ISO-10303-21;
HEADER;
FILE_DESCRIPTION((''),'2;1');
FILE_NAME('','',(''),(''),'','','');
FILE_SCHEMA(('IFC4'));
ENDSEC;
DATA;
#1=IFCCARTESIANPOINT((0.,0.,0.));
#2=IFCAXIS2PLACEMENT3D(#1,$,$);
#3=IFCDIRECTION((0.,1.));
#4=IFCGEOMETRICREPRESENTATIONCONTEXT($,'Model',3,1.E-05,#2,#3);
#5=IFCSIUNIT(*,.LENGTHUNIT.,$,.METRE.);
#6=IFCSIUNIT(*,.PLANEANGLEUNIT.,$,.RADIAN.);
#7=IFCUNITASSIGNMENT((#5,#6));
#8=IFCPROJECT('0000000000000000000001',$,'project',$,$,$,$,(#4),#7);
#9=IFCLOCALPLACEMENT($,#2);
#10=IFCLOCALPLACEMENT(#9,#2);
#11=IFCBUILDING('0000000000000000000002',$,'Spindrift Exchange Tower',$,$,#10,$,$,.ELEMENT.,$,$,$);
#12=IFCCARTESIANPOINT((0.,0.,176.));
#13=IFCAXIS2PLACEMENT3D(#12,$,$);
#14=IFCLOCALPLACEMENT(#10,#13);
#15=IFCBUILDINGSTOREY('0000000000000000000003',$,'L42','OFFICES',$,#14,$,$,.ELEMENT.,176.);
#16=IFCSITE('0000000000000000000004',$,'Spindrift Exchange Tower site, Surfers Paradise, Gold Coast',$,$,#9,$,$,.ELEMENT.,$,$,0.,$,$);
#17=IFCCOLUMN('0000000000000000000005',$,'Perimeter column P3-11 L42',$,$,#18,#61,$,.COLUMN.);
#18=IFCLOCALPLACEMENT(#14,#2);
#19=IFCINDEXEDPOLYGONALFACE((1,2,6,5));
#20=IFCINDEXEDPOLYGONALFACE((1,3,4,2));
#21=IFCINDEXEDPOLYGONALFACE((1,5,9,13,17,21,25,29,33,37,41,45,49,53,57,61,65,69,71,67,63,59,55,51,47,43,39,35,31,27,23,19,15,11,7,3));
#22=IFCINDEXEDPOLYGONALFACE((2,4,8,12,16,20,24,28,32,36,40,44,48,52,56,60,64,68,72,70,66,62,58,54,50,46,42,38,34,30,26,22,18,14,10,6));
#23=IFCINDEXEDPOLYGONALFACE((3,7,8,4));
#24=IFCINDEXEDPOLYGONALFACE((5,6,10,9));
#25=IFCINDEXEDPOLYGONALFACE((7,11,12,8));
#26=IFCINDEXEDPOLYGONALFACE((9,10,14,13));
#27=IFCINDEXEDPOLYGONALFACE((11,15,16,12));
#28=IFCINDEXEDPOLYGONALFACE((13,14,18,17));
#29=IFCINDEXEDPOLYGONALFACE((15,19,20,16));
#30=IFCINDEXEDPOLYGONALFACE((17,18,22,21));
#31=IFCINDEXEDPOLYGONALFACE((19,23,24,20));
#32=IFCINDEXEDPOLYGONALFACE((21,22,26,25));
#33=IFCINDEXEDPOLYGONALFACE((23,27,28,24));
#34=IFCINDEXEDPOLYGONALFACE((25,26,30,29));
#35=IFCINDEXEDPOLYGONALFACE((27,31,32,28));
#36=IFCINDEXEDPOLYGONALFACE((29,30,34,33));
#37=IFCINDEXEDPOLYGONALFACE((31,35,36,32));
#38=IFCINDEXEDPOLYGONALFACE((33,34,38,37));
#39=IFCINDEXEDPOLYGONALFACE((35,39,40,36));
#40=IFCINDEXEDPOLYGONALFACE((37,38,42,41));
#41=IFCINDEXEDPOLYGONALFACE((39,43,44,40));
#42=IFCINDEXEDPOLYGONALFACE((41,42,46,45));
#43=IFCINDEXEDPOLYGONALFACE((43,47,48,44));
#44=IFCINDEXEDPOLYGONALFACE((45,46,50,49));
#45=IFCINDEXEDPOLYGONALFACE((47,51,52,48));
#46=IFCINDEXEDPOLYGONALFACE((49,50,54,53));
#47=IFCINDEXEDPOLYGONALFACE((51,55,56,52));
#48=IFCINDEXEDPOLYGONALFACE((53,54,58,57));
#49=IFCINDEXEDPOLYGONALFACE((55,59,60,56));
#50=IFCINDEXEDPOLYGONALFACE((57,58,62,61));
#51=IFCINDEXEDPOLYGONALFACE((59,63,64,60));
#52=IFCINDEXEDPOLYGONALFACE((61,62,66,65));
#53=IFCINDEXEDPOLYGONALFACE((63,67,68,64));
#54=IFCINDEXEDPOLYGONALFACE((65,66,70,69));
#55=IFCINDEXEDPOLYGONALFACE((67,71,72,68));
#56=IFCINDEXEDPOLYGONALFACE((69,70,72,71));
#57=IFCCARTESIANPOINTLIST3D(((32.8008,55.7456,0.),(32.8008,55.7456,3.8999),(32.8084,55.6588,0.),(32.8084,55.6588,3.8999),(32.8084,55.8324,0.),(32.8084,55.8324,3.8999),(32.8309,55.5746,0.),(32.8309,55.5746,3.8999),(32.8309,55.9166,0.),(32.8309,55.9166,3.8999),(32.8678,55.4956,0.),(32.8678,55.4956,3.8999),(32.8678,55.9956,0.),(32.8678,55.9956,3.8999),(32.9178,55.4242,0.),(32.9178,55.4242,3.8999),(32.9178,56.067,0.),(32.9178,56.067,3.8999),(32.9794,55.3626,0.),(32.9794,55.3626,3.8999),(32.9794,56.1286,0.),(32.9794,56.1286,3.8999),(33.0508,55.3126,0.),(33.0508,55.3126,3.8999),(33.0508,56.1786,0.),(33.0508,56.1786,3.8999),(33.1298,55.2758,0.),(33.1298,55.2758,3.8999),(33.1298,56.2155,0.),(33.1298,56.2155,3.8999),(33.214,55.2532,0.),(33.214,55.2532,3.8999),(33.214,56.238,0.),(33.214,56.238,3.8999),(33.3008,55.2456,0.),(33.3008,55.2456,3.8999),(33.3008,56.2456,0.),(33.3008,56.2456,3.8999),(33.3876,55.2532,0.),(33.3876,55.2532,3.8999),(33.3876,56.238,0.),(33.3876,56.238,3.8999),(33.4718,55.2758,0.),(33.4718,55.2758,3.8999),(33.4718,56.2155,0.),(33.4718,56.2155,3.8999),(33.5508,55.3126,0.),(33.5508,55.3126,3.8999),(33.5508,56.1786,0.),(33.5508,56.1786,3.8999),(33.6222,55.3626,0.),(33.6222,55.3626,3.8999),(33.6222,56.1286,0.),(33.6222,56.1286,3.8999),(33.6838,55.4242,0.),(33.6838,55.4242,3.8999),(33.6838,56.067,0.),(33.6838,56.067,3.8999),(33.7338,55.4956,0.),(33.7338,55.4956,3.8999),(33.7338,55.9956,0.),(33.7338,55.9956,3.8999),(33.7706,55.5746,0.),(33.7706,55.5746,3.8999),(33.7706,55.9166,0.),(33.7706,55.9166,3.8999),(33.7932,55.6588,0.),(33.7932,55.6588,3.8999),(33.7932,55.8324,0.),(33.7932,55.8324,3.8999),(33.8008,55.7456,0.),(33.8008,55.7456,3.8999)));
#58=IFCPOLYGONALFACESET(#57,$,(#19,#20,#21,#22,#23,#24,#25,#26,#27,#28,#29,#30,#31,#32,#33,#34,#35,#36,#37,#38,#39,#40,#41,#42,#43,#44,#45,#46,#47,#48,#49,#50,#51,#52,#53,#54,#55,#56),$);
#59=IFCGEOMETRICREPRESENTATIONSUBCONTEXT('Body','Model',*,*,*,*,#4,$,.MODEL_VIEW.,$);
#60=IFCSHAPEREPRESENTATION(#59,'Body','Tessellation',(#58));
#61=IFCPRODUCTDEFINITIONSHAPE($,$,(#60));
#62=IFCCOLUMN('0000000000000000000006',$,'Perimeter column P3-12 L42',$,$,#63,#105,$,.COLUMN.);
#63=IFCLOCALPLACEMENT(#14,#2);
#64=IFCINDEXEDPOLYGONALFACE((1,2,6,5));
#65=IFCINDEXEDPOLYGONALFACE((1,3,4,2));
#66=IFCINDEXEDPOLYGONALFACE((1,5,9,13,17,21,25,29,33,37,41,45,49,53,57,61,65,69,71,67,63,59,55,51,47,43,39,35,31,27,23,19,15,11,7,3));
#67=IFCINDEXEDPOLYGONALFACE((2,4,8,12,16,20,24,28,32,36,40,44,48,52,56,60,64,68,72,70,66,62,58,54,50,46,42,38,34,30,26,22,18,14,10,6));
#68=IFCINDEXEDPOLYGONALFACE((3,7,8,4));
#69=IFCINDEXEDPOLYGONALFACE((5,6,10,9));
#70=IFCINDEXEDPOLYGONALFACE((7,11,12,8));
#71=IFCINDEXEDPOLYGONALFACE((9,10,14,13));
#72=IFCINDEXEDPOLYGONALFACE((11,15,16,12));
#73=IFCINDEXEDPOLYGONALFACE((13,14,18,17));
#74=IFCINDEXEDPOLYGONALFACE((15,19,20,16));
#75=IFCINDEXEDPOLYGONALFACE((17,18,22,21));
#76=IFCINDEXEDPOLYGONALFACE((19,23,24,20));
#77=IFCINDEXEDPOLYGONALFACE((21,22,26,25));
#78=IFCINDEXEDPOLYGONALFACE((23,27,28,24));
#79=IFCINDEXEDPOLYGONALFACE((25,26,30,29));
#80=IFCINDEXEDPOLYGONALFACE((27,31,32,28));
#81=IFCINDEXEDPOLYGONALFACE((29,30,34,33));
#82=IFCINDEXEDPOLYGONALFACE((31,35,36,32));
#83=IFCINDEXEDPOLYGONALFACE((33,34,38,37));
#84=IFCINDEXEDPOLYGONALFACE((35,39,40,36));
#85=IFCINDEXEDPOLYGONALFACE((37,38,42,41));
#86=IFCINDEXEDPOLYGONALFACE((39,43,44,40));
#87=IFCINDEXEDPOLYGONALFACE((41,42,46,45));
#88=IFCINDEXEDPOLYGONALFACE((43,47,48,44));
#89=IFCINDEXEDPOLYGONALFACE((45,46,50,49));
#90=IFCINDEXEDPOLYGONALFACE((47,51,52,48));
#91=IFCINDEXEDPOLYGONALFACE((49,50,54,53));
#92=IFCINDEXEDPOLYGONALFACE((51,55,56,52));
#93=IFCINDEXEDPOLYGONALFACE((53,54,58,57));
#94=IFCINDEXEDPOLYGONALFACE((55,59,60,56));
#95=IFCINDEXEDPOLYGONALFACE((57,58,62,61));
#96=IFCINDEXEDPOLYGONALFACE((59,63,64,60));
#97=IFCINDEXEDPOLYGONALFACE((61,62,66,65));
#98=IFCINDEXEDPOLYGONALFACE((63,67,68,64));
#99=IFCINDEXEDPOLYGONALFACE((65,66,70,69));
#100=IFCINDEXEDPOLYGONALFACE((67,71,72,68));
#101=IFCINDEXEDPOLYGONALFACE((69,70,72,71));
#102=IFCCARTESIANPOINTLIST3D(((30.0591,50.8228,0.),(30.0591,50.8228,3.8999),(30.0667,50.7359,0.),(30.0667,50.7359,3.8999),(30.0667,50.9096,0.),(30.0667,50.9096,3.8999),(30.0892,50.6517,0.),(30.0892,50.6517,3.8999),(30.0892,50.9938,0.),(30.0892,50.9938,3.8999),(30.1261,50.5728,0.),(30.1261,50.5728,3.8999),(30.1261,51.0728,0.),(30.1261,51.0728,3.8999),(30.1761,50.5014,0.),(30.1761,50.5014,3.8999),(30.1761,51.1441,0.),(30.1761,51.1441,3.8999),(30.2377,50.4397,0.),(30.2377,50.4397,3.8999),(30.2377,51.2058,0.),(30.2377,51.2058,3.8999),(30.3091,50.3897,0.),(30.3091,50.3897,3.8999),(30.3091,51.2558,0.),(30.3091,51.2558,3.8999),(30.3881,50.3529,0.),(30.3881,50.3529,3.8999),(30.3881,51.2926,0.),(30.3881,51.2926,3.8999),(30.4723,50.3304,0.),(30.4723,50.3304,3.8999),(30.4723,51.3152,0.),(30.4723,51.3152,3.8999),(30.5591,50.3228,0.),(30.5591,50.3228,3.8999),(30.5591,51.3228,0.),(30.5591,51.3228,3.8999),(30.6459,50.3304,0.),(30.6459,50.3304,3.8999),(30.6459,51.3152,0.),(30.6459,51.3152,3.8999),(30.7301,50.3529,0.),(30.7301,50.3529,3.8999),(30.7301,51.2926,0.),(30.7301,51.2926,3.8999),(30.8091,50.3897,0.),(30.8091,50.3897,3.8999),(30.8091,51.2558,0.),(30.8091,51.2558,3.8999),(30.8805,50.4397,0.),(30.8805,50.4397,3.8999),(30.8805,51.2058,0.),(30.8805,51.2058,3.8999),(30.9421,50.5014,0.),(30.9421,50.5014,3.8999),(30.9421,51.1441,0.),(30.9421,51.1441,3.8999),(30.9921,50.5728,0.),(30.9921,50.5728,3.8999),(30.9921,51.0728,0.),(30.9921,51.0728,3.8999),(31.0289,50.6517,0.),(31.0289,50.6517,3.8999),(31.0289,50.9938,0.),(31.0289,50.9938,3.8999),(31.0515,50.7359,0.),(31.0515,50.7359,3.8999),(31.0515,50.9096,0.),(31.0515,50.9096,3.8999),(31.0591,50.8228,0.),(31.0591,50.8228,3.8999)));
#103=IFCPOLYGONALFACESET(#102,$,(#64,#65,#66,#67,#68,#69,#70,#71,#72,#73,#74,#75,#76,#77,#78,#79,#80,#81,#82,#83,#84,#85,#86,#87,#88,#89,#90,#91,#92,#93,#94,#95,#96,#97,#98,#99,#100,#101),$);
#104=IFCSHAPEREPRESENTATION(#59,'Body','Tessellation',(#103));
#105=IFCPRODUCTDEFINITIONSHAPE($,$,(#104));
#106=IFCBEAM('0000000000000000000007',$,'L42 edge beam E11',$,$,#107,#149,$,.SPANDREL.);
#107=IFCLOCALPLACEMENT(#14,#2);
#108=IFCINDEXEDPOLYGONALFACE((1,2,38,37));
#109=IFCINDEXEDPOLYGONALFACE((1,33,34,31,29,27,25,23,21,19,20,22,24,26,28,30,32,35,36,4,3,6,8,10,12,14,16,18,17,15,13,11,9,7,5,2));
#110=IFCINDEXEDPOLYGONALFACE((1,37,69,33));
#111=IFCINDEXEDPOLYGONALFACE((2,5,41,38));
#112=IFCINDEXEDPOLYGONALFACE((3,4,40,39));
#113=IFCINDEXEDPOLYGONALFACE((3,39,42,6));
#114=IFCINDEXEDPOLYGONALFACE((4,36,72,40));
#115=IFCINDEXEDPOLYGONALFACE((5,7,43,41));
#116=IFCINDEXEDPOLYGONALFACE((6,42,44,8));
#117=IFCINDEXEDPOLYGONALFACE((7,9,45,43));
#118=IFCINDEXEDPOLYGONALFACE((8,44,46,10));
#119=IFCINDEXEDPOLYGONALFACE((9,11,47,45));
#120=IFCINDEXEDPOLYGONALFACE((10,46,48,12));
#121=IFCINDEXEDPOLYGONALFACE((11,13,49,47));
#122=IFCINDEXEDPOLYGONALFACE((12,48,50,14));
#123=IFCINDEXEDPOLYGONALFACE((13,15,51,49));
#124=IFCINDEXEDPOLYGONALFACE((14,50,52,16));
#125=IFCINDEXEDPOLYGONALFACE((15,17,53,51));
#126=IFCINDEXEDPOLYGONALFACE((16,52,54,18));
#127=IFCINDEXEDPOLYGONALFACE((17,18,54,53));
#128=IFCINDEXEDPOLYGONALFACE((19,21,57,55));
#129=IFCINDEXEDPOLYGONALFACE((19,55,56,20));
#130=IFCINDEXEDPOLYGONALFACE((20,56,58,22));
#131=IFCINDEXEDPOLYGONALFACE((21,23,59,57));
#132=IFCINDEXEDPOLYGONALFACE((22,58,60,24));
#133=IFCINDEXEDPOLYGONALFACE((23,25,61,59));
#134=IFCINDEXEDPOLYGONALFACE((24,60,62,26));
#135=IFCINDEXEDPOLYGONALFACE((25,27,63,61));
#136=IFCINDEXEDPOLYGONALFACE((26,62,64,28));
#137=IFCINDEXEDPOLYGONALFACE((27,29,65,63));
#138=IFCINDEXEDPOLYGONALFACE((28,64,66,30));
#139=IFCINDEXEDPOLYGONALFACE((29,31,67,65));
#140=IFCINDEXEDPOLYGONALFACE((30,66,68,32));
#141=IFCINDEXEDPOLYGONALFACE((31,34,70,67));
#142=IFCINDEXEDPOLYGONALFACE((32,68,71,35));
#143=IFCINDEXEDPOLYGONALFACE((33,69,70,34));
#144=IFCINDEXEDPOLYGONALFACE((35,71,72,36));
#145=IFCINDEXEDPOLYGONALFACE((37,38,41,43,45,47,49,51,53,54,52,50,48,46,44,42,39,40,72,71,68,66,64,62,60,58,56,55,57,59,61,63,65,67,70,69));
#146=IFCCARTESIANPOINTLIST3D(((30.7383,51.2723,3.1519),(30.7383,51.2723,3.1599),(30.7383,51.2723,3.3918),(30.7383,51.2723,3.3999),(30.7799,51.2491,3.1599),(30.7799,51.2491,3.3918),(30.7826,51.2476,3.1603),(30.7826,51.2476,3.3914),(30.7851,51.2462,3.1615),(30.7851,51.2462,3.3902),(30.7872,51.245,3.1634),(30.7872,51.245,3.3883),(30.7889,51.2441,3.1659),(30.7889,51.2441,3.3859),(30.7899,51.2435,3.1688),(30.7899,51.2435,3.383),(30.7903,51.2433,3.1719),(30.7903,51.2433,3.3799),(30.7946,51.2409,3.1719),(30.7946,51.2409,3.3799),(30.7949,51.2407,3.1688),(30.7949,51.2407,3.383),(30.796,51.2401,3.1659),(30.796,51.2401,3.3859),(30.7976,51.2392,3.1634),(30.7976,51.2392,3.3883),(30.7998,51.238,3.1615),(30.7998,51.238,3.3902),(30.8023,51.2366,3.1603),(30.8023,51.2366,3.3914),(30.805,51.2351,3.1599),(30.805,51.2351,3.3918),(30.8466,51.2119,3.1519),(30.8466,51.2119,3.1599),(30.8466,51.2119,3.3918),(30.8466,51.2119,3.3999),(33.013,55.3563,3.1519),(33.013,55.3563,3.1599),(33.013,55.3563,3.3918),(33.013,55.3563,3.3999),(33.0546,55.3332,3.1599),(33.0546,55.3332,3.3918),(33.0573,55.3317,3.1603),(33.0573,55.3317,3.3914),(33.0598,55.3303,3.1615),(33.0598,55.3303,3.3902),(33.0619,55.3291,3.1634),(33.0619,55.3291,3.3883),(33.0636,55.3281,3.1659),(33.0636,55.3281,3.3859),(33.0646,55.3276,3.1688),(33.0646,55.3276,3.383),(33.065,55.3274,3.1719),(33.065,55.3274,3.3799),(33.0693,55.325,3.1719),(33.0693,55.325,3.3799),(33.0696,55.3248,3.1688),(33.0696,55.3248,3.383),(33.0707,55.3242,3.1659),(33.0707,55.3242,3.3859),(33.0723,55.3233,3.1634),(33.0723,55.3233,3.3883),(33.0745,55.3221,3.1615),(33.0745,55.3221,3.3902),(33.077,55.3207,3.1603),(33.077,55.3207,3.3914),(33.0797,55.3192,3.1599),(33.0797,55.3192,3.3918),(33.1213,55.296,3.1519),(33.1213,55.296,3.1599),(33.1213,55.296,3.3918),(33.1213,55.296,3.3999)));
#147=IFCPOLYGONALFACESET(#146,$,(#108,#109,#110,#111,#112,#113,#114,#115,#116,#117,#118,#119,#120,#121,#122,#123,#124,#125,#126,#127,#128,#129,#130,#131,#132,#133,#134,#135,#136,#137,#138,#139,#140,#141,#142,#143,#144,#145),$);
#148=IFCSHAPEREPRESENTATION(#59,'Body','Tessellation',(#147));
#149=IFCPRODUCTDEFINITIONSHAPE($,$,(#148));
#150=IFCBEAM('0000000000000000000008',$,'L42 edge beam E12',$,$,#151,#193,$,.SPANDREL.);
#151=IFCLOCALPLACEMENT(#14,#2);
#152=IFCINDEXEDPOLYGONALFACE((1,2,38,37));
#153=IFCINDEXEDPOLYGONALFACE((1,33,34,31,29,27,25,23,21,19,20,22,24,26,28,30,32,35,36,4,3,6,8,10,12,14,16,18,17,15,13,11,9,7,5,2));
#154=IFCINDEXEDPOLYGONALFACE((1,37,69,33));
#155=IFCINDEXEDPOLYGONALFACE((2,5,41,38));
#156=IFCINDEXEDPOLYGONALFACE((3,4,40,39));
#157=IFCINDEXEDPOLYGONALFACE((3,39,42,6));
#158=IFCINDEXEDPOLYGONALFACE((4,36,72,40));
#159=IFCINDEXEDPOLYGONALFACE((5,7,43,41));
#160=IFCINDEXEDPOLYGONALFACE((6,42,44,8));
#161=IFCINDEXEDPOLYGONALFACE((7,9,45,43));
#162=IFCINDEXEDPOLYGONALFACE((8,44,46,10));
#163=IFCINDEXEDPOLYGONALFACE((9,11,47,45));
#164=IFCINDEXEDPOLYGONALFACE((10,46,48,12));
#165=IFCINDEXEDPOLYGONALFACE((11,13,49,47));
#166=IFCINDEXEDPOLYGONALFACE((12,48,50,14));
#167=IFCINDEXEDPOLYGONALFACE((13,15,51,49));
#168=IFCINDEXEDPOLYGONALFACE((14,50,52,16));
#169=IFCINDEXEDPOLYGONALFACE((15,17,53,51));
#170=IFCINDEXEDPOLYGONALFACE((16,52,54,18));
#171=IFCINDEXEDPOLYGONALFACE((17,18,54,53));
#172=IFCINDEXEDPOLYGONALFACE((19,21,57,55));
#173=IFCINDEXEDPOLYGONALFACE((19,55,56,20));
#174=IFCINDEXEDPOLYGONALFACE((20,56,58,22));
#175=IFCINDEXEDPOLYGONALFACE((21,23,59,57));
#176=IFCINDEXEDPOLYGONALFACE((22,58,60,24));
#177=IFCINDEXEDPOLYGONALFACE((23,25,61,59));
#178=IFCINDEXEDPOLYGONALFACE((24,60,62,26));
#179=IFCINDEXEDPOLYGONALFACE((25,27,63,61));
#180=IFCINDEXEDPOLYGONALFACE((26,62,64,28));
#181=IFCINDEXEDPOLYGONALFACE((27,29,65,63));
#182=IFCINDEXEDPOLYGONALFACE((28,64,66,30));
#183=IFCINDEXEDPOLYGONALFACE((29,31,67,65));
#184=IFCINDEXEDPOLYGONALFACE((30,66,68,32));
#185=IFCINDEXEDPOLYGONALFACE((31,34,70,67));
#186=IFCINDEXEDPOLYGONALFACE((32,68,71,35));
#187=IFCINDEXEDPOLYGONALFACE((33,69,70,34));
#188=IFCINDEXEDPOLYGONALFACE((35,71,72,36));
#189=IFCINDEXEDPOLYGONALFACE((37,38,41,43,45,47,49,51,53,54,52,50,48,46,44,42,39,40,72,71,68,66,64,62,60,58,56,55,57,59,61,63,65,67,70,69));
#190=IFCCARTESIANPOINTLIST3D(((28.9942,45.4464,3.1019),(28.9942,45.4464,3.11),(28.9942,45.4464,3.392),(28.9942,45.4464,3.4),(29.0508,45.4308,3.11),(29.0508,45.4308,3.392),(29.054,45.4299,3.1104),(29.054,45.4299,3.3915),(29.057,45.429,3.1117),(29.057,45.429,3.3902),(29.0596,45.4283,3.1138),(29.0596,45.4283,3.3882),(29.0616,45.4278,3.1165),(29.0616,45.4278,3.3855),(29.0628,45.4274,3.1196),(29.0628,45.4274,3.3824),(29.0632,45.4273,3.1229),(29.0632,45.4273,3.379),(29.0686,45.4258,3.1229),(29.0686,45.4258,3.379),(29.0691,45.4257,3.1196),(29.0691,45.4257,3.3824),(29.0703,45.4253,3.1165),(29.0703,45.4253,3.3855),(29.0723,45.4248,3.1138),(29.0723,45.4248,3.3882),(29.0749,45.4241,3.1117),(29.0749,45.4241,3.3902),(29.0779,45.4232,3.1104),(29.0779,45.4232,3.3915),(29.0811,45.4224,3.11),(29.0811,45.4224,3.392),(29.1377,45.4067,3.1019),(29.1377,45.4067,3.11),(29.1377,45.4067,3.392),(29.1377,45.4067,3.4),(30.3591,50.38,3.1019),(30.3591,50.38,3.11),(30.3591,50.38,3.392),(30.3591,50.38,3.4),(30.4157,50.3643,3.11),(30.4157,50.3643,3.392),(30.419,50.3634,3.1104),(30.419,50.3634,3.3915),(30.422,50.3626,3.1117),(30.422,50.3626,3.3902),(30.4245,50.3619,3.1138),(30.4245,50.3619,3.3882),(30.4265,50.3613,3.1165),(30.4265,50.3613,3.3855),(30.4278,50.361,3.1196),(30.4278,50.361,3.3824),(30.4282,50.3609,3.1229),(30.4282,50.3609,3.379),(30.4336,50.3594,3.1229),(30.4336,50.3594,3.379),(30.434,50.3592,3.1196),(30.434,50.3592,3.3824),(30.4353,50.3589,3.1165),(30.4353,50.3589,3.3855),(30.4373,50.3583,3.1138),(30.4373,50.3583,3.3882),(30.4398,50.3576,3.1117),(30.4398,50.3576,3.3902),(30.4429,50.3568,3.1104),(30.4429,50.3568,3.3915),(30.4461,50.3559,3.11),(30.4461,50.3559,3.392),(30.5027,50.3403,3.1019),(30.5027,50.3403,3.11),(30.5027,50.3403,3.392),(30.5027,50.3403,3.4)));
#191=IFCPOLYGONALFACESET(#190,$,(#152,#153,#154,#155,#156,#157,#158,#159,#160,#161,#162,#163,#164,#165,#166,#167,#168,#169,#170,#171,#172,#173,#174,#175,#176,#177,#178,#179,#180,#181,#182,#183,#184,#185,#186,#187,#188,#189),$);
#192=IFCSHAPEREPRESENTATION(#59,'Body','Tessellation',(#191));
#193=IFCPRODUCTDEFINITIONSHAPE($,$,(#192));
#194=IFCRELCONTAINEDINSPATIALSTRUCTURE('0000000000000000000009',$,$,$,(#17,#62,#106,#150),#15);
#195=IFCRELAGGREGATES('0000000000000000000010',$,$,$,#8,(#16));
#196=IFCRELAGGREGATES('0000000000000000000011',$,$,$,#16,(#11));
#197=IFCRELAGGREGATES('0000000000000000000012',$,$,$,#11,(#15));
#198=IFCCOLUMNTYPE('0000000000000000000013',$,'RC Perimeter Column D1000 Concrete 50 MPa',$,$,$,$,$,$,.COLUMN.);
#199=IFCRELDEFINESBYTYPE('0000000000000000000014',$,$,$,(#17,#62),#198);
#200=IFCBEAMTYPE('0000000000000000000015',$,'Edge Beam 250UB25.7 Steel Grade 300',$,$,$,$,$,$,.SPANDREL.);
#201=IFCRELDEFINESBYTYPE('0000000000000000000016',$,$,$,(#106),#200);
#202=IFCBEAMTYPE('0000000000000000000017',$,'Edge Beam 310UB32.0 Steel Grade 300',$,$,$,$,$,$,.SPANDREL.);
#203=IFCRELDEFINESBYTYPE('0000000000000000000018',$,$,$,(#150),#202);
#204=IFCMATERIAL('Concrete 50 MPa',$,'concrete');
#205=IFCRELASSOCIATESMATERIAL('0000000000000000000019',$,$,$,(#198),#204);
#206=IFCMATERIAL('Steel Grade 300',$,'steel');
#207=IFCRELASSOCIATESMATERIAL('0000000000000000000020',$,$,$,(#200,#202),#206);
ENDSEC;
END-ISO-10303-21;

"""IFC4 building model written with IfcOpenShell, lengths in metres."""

from ifc_helpers import new_model, si_unit, direction, frame, origin, origin_2d, place, context, subcontext, project, spatial, circle, i_section, extrude, source, transform, mapped, material, material_profile, profile_set, type_object, element, save


model = new_model("IFC4")

# Units and contexts
model_context = context("Model", 3, precision=1e-05, world=origin(), true_north=direction((0.0, 1.0)))
body_context = subcontext(model_context, "Body", "Model", "MODEL_VIEW")
ifc_project = project(units=[si_unit("LENGTHUNIT", "METRE"), si_unit("PLANEANGLEUNIT", "RADIAN")], contexts=[model_context])

# Site, building, storey
site_placement = place(None, origin())
site = spatial("IfcSite", under=ifc_project, at=site_placement, Name="Spindrift Exchange Tower site, Surfers Paradise, Gold Coast", CompositionType="ELEMENT", RefElevation=0.0)
building_placement = place(site_placement, origin())
building = spatial("IfcBuilding", under=site, at=building_placement, Name="Spindrift Exchange Tower", CompositionType="ELEMENT")
storey_placement = place(building_placement, frame((0.0, 0.0, 176.0)))
storey = spatial("IfcBuildingStorey", under=building, at=storey_placement, Name="L42", Description="OFFICES", CompositionType="ELEMENT", Elevation=176.0)

# Columns
ifc_material_1 = material(Name="Concrete 50 MPa", Category="concrete")
ifc_material_profile_1 = material_profile(ifc_material_1, circle(Radius=0.5, at=origin_2d()), Name="RC D1000")
ifc_profile_set_1 = profile_set([ifc_material_profile_1], Name="Concrete 50 MPa")
column_type = type_object("IfcColumnType", Name="RC Perimeter Column D1000 Concrete 50 MPa", PredefinedType="COLUMN", material=ifc_profile_set_1)
shared_shape_1 = source(origin(), body_context, "Body", "SweptSolid", [
    extrude(circle(Radius=0.5, at=origin_2d()), origin(), (0.0, 0.0, 1.0), 3.8999),
])
for number, where, z_axis, x_axis, name in (
    (1, (33.3008, 55.7456, 0.0), (0.0, 0.0, 1.0), (1.0, 0.0, 0.0), "Perimeter column P3-11 L42"),
    (2, (30.5591, 50.8228, 0.0), (0.0, 0.0, 1.0), (1.0, 0.0, 0.0), "Perimeter column P3-12 L42"),
):
    element("IfcColumn", number, at=place(storey_placement, frame(where, z_axis=z_axis, x_axis=x_axis)), inside=storey, type_object=column_type, Name=name, PredefinedType="COLUMN", context=body_context, shape_type="MappedRepresentation", body=[
        mapped(shared_shape_1, transform((0.0, 0.0, 0.0), scale=1.0)),
    ])

# Beams
ifc_material_2 = material(Name="Steel Grade 300", Category="steel")
ifc_material_profile_2 = material_profile(ifc_material_2, i_section(OverallWidth=0.124, OverallDepth=0.248, WebThickness=0.0049, FlangeThickness=0.0081, FilletRadius=0.012, at=origin_2d()), Name="250UB25.7")
ifc_profile_set_2 = profile_set([ifc_material_profile_2], Name="Steel Grade 300")
beam_type_1 = type_object("IfcBeamType", Name="Edge Beam 250UB25.7 Steel Grade 300", PredefinedType="SPANDREL", material=ifc_profile_set_2)
shared_shape_2 = source(origin(), body_context, "Body", "SweptSolid", [
    extrude(i_section(OverallWidth=0.124, OverallDepth=0.248, WebThickness=0.0049, FlangeThickness=0.0081, FilletRadius=0.012, at=origin_2d()), origin(), (0.0, 0.0, 1.0), 4.6748),
])
beam_1_placement = place(storey_placement, frame((33.0671, 55.3262, 3.2759), z_axis=(-0.486587, -0.873632, 0.0), x_axis=(0.873632, -0.486587, 0.0)))
element("IfcBeam", 3, at=beam_1_placement, inside=storey, type_object=beam_type_1, Name="L42 edge beam E11", PredefinedType="SPANDREL", context=body_context, shape_type="MappedRepresentation", body=[
    mapped(shared_shape_2, transform((0.0, 0.0, 0.0), scale=1.0)),
])
ifc_material_profile_3 = material_profile(ifc_material_2, i_section(OverallWidth=0.1489, OverallDepth=0.2981, WebThickness=0.0056, FlangeThickness=0.0081, FilletRadius=0.0129, at=origin_2d()), Name="310UB32.0")
ifc_profile_set_3 = profile_set([ifc_material_profile_3], Name="Steel Grade 300")
beam_type_2 = type_object("IfcBeamType", Name="Edge Beam 310UB32.0 Steel Grade 300", PredefinedType="SPANDREL", material=ifc_profile_set_3)
shared_shape_3 = source(origin(), body_context, "Body", "SweptSolid", [
    extrude(i_section(OverallWidth=0.1489, OverallDepth=0.2981, WebThickness=0.0056, FlangeThickness=0.0081, FilletRadius=0.0129, at=origin_2d()), origin(), (0.0, 0.0, 1.0), 5.1189),
])
beam_2_placement = place(storey_placement, frame((30.4309, 50.3601, 3.251), z_axis=(-0.266655, -0.963792, 0.0), x_axis=(0.963792, -0.266655, 0.0)))
element("IfcBeam", 4, at=beam_2_placement, inside=storey, type_object=beam_type_2, Name="L42 edge beam E12", PredefinedType="SPANDREL", context=body_context, shape_type="MappedRepresentation", body=[
    mapped(shared_shape_3, transform((0.0, 0.0, 0.0), scale=1.0)),
])

save(model, "model.ifc")
